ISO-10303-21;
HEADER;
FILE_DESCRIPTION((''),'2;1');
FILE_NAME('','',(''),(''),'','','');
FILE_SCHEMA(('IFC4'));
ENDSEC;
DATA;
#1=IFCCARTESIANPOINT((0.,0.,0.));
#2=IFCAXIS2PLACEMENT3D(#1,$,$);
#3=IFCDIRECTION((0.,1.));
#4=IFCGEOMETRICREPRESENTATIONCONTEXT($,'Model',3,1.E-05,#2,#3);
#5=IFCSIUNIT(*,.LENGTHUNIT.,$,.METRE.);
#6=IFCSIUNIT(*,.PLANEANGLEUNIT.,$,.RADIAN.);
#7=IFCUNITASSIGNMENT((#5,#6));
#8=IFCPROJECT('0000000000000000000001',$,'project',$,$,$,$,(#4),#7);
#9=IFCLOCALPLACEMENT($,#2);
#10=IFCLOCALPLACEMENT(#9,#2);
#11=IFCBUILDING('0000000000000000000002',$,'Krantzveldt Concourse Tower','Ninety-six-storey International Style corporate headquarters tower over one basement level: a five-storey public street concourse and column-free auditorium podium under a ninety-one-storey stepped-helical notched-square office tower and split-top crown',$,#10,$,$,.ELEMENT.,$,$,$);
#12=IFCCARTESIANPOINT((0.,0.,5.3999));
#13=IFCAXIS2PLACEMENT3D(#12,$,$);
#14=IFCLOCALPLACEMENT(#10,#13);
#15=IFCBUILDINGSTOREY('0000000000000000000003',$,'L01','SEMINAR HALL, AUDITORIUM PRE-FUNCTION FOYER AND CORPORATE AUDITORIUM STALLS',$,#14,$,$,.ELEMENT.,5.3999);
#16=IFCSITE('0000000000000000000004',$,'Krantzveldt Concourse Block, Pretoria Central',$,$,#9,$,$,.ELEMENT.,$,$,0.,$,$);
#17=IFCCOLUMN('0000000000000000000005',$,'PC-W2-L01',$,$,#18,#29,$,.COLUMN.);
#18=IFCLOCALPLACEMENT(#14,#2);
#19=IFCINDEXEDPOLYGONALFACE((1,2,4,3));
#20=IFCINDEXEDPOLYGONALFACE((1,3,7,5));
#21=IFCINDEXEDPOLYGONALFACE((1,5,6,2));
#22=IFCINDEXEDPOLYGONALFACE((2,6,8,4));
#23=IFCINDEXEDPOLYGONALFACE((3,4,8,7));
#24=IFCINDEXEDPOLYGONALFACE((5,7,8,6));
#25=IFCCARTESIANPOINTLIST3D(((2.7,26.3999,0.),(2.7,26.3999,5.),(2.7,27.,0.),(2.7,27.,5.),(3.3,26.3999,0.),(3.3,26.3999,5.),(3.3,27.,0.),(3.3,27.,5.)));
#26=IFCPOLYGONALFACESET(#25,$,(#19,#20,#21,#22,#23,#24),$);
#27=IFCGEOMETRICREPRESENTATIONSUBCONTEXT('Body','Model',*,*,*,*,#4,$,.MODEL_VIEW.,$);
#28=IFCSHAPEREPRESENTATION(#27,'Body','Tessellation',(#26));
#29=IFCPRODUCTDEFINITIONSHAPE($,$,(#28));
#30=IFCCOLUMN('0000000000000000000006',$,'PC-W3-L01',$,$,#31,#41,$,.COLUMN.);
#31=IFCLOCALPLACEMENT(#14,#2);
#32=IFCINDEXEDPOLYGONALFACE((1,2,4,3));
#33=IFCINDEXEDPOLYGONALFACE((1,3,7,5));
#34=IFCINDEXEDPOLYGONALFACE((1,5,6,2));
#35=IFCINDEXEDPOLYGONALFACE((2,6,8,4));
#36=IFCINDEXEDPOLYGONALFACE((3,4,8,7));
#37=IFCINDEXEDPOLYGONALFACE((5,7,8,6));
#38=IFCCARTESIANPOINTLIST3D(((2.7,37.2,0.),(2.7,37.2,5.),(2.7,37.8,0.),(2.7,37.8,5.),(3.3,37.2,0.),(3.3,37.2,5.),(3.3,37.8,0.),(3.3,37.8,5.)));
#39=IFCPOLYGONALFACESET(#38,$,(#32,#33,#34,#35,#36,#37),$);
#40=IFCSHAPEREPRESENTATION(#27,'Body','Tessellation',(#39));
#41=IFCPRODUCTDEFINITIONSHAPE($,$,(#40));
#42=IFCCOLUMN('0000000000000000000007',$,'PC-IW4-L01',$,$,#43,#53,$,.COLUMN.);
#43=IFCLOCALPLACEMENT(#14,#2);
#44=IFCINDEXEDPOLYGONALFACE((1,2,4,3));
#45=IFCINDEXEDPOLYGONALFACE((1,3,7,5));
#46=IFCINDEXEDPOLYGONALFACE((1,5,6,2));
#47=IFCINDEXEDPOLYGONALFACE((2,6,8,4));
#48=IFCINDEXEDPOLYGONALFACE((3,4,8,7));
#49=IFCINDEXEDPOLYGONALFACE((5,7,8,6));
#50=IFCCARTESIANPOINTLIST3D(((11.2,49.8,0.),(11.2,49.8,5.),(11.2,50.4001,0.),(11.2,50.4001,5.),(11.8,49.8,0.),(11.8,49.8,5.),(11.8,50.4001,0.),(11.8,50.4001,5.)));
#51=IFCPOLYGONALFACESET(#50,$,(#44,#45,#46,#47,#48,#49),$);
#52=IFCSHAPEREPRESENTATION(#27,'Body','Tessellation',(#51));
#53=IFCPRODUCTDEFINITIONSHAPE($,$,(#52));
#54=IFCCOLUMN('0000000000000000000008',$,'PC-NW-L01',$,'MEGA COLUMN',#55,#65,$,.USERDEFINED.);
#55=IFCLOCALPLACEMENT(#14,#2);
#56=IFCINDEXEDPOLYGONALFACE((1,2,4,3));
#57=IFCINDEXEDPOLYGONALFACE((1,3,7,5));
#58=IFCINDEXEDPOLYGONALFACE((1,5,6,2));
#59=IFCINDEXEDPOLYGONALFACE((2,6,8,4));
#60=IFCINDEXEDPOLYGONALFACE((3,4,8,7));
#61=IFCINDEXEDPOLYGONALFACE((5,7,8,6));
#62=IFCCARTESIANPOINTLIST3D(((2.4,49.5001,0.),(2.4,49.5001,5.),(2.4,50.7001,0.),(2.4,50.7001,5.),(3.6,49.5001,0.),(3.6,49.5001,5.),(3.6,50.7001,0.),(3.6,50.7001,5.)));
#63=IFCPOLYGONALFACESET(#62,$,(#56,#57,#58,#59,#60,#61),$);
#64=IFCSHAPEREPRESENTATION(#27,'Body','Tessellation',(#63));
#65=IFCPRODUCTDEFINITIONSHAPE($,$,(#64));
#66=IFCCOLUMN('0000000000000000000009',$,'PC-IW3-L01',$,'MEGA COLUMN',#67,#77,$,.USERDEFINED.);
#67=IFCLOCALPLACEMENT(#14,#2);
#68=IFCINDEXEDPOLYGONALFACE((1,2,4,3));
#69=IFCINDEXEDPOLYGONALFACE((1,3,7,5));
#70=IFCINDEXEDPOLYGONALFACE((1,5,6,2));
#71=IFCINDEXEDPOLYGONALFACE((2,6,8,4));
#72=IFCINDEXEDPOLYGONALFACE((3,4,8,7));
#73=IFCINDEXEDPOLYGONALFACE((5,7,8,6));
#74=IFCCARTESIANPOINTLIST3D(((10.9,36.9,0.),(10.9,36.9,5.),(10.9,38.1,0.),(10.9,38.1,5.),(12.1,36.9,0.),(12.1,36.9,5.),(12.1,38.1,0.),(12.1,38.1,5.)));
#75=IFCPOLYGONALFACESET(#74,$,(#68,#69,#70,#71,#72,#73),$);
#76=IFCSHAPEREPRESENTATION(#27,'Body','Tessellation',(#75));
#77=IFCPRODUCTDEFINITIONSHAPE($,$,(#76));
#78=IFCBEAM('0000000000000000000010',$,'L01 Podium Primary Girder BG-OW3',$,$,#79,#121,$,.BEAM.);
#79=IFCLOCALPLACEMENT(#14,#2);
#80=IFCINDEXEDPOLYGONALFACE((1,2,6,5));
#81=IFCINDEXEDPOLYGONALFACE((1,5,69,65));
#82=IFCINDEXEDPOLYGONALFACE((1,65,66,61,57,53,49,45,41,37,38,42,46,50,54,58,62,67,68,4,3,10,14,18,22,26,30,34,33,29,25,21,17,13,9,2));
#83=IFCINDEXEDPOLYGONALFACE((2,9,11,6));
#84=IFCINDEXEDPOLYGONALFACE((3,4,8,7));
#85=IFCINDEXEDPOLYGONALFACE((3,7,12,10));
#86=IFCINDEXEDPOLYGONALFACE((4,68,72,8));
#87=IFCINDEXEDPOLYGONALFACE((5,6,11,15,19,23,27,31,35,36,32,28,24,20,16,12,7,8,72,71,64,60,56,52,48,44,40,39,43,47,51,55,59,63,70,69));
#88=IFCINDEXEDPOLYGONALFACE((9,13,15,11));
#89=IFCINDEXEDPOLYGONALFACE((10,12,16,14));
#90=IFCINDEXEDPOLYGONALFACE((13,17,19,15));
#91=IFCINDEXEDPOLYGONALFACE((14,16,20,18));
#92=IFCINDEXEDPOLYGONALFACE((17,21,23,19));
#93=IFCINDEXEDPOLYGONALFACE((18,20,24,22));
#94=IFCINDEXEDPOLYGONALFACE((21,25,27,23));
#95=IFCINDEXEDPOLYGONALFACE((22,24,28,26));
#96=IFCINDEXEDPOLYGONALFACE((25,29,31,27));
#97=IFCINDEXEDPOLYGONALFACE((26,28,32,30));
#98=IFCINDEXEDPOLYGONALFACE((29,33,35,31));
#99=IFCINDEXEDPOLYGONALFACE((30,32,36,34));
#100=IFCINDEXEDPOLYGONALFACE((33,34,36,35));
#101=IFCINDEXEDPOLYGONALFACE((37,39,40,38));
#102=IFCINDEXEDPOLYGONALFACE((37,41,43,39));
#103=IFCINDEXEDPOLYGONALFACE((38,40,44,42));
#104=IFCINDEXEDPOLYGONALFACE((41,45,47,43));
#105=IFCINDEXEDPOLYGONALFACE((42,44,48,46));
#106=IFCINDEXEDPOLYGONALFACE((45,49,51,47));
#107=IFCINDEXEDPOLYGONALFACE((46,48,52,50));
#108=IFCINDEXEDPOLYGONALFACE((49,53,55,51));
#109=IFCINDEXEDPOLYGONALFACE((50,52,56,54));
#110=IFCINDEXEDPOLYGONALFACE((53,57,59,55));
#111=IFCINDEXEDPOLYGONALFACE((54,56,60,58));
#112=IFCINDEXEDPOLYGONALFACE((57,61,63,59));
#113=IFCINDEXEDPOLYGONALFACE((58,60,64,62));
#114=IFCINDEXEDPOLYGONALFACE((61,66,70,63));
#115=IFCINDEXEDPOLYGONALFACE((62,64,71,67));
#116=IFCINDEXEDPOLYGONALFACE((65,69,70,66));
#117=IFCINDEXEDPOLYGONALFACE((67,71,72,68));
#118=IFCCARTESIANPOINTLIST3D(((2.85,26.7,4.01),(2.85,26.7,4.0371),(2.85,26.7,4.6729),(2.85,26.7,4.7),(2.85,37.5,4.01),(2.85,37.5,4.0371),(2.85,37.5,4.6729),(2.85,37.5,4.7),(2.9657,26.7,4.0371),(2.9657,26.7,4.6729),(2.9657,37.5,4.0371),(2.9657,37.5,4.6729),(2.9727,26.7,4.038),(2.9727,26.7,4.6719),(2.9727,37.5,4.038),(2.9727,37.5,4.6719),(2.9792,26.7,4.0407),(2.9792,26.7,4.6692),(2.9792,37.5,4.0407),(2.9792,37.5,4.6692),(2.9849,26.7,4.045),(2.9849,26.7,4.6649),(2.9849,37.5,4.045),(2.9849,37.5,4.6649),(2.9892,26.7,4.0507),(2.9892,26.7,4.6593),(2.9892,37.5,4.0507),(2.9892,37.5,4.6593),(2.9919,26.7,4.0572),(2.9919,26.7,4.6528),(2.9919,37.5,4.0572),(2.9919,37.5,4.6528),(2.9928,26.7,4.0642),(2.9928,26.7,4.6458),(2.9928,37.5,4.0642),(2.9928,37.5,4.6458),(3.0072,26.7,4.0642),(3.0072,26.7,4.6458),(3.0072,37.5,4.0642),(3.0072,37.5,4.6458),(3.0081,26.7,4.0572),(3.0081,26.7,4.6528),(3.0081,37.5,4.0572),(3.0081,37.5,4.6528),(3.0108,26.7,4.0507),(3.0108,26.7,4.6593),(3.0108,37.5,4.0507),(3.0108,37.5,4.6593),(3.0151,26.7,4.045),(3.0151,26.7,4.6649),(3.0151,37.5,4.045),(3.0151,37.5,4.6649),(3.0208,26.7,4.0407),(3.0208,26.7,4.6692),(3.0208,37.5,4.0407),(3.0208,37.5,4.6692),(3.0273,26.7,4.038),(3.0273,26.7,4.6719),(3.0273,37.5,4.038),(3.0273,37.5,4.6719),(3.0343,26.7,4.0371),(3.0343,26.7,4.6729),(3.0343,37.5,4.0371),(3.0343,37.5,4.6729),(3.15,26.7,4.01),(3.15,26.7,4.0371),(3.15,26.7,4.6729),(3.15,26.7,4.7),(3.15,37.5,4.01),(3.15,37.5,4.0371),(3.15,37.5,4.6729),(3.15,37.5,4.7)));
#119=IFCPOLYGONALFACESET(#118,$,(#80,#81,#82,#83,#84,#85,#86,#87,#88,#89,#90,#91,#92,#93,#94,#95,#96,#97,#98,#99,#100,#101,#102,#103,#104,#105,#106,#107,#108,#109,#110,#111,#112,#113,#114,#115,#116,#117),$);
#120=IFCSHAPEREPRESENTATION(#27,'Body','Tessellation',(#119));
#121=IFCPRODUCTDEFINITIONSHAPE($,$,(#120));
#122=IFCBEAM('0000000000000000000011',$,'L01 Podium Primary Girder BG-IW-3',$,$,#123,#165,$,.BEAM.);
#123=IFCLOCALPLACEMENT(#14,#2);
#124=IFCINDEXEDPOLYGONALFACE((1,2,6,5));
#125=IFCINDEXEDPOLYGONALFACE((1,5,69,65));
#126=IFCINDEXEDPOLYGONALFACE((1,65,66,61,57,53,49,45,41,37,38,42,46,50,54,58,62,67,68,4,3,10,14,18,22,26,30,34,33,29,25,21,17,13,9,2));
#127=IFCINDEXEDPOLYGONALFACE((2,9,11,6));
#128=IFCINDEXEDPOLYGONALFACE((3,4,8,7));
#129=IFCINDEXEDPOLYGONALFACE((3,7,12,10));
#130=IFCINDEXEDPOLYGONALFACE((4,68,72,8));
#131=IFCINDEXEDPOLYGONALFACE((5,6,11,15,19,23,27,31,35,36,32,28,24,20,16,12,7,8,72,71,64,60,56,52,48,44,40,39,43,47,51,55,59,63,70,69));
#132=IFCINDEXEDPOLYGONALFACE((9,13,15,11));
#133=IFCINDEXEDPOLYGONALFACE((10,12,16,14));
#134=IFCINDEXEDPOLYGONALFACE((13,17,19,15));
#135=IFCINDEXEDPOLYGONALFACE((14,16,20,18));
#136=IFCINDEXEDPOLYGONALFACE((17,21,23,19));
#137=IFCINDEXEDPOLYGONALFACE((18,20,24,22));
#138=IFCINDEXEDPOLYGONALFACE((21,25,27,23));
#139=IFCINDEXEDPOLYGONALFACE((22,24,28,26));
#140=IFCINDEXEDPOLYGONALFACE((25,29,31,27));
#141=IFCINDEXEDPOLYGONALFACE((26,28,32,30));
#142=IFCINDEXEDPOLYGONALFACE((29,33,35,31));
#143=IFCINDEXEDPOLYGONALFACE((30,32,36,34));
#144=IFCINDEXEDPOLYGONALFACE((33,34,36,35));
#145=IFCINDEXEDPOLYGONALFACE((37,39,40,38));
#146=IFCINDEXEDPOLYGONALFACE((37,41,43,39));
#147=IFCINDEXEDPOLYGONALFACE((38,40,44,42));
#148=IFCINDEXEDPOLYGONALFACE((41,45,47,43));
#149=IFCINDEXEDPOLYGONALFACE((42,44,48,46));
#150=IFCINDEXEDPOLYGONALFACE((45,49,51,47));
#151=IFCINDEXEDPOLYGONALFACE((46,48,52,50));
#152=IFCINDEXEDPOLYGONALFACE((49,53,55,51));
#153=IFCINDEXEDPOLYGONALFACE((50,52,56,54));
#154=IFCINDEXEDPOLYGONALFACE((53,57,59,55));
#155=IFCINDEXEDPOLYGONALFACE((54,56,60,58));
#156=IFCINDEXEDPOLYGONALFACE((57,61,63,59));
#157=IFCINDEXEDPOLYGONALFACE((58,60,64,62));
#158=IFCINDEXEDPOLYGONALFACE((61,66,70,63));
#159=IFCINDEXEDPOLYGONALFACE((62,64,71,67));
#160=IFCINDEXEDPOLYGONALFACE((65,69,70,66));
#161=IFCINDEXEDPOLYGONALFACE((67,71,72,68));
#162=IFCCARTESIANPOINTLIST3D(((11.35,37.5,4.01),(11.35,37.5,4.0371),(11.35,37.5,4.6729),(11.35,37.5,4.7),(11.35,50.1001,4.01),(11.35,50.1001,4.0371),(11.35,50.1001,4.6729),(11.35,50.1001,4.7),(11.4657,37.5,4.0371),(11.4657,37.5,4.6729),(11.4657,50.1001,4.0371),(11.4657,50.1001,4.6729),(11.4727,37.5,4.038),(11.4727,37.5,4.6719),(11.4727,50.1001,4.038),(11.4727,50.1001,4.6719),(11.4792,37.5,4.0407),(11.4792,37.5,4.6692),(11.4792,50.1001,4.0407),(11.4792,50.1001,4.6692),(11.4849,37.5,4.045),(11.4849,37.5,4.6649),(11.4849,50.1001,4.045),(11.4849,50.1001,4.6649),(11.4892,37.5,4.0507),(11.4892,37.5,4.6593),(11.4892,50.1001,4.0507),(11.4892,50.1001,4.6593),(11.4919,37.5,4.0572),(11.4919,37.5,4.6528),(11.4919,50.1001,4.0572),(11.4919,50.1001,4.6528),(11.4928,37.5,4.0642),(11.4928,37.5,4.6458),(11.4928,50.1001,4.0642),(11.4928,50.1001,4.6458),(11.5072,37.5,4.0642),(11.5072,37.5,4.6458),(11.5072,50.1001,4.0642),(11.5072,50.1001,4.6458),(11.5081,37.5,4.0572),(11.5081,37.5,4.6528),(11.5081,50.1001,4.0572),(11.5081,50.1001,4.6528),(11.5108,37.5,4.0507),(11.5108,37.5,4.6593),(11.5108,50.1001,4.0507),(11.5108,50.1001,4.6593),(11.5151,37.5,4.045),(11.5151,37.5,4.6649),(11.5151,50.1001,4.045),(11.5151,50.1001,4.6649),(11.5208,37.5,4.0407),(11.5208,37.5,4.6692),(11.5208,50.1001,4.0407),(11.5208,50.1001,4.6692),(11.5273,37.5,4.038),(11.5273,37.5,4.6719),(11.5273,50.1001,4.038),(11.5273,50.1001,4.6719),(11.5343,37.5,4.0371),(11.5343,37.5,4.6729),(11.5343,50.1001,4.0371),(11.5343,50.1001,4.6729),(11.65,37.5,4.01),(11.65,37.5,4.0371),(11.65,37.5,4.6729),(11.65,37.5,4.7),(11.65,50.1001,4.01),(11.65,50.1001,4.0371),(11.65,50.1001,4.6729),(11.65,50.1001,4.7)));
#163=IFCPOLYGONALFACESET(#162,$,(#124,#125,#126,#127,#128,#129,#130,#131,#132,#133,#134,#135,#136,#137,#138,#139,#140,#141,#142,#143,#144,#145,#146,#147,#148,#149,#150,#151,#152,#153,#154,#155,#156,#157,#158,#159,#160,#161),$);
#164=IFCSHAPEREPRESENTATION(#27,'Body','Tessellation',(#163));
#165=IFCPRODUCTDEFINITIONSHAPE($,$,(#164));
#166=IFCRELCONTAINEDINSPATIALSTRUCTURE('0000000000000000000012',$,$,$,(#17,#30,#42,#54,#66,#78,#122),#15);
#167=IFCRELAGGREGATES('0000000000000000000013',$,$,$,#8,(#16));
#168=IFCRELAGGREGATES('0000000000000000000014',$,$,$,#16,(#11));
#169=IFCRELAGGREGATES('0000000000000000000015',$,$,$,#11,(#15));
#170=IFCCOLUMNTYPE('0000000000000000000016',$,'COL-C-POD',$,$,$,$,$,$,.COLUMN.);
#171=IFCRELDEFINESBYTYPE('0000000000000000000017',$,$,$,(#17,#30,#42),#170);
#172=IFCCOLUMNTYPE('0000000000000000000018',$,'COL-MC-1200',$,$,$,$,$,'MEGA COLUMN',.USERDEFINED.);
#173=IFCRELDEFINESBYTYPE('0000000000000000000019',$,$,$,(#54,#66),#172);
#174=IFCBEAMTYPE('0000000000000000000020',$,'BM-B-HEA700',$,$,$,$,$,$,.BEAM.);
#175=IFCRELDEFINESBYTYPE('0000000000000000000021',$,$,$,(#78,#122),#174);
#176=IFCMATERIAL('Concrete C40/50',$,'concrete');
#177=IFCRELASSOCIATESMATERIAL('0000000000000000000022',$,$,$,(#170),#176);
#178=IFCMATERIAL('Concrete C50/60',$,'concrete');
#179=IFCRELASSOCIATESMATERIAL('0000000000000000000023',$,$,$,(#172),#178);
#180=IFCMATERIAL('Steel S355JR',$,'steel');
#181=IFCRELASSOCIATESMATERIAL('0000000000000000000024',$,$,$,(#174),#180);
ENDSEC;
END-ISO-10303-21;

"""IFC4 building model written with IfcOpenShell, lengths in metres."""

from ifc_helpers import new_model, si_unit, direction, frame, origin, origin_2d, place, context, subcontext, project, spatial, rectangle, i_section, extrude, source, transform, mapped, material, material_profile, profile_set, type_object, type_shapes, element, save


model = new_model("IFC4")

# Units and contexts
model_context = context("Model", 3, precision=1e-05, world=origin(), true_north=direction((0.0, 1.0)))
body_context = subcontext(model_context, "Body", "Model", "MODEL_VIEW")
ifc_project = project(units=[si_unit("LENGTHUNIT", "METRE"), si_unit("PLANEANGLEUNIT", "RADIAN")], contexts=[model_context])

# Site, building, storey
site_placement = place(None, origin())
site = spatial("IfcSite", under=ifc_project, at=site_placement, Name="Krantzveldt Concourse Block, Pretoria Central", CompositionType="ELEMENT", RefElevation=0.0)
building_placement = place(site_placement, origin())
building = spatial("IfcBuilding", under=site, at=building_placement, Name="Krantzveldt Concourse Tower", Description="Ninety-six-storey International Style corporate headquarters tower over one basement level: a five-storey public street concourse and column-free auditorium podium under a ninety-one-storey stepped-helical notched-square office tower and split-top crown", CompositionType="ELEMENT")
storey_placement = place(building_placement, frame((0.0, 0.0, 5.3999)))
storey = spatial("IfcBuildingStorey", under=building, at=storey_placement, Name="L01", Description="SEMINAR HALL, AUDITORIUM PRE-FUNCTION FOYER AND CORPORATE AUDITORIUM STALLS", CompositionType="ELEMENT", Elevation=5.3999)

# Columns
ifc_material_1 = material(Name="Concrete C40/50", Category="concrete")
ifc_material_profile_1 = material_profile(ifc_material_1, rectangle(XDim=0.6001, YDim=0.6001, at=origin_2d()), Name="Concrete C40/50", Category="concrete")
ifc_profile_set_1 = profile_set([ifc_material_profile_1], Name="Concrete C40/50 - RC 600x600")
column_type_1 = type_object("IfcColumnType", Name="COL-C-POD", PredefinedType="COLUMN", material=ifc_profile_set_1)
shared_shape_1 = source(origin(), body_context, "Body", "SweptSolid", [
    extrude(rectangle(XDim=0.6001, YDim=0.6001, at=origin_2d()), origin(), (0.0, 0.0, 1.0), 5.0),
])
type_shapes(column_type_1, [shared_shape_1])
for number, where, z_axis, x_axis, name in (
    (1, (3.0, 26.7, 0.0), (0.0, 0.0, 1.0), (1.0, 0.0, 0.0), "PC-W2-L01"),
    (2, (3.0, 37.5, 0.0), (0.0, 0.0, 1.0), (1.0, 0.0, 0.0), "PC-W3-L01"),
    (3, (11.5, 50.1001, 0.0), (0.0, 0.0, 1.0), (1.0, 0.0, 0.0), "PC-IW4-L01"),
):
    element("IfcColumn", number, at=place(storey_placement, frame(where, z_axis=z_axis, x_axis=x_axis)), inside=storey, type_object=column_type_1, Name=name, PredefinedType="COLUMN", context=body_context, shape_type="MappedRepresentation", body=[
        mapped(shared_shape_1, transform((0.0, 0.0, 0.0), x_axis=(1.0, 0.0, 0.0), y_axis=(0.0, 1.0, 0.0), z_axis=(0.0, 0.0, 1.0), scale=1.0)),
    ])
ifc_material_2 = material(Name="Concrete C50/60", Category="concrete")
ifc_material_profile_2 = material_profile(ifc_material_2, rectangle(XDim=1.2, YDim=1.2, at=origin_2d()), Name="Concrete C50/60", Category="concrete")
ifc_profile_set_2 = profile_set([ifc_material_profile_2], Name="Concrete C50/60 - RC 1200x1200")
column_type_2 = type_object("IfcColumnType", Name="COL-MC-1200", ElementType="MEGA COLUMN", PredefinedType="USERDEFINED", material=ifc_profile_set_2)
shared_shape_2 = source(origin(), body_context, "Body", "SweptSolid", [
    extrude(rectangle(XDim=1.2, YDim=1.2, at=origin_2d()), origin(), (0.0, 0.0, 1.0), 5.0),
])
type_shapes(column_type_2, [shared_shape_2])
for number, where, z_axis, x_axis, name in (
    (4, (3.0, 50.1001, 0.0), (0.0, 0.0, 1.0), (1.0, 0.0, 0.0), "PC-NW-L01"),
    (5, (11.5, 37.5, 0.0), (0.0, 0.0, 1.0), (1.0, 0.0, 0.0), "PC-IW3-L01"),
):
    element("IfcColumn", number, at=place(storey_placement, frame(where, z_axis=z_axis, x_axis=x_axis)), inside=storey, type_object=column_type_2, Name=name, ObjectType="MEGA COLUMN", PredefinedType="USERDEFINED", context=body_context, shape_type="MappedRepresentation", body=[
        mapped(shared_shape_2, transform((0.0, 0.0, 0.0), x_axis=(1.0, 0.0, 0.0), y_axis=(0.0, 1.0, 0.0), z_axis=(0.0, 0.0, 1.0), scale=1.0)),
    ])

# Beams
ifc_material_3 = material(Name="Steel S355JR", Category="steel")
ifc_material_profile_3 = material_profile(ifc_material_3, i_section(OverallWidth=0.3, OverallDepth=0.6899, WebThickness=0.0144, FlangeThickness=0.0271, FilletRadius=0.0271, at=origin_2d()), Name="Steel S355JR", Category="steel")
ifc_profile_set_3 = profile_set([ifc_material_profile_3], Name="Steel S355JR - HEA 700")
beam_type_1 = type_object("IfcBeamType", Name="BM-B-HEA700", PredefinedType="BEAM", material=ifc_profile_set_3)
shared_shape_3 = source(origin(), body_context, "Body", "SweptSolid", [
    extrude(i_section(OverallWidth=0.3, OverallDepth=0.6899, WebThickness=0.0144, FlangeThickness=0.0271, FilletRadius=0.0271, at=origin_2d()), origin(), (0.0, 0.0, 1.0), 10.8),
])
beam_1_placement = place(storey_placement, frame((3.0, 26.7, 4.355), z_axis=(0.0, 1.0, 0.0), x_axis=(-1.0, 0.0, 0.0)))
element("IfcBeam", 6, at=beam_1_placement, inside=storey, type_object=beam_type_1, Name="L01 Podium Primary Girder BG-OW3", PredefinedType="BEAM", context=body_context, shape_type="MappedRepresentation", body=[
    mapped(shared_shape_3, transform((0.0, 0.0, 0.0), x_axis=(1.0, 0.0, 0.0), y_axis=(0.0, 1.0, 0.0), z_axis=(0.0, 0.0, 1.0), scale=1.0)),
])
shared_shape_4 = source(origin(), body_context, "Body", "SweptSolid", [
    extrude(i_section(OverallWidth=0.3, OverallDepth=0.6899, WebThickness=0.0144, FlangeThickness=0.0271, FilletRadius=0.0271, at=origin_2d()), origin(), (0.0, 0.0, 1.0), 12.6001),
])
type_shapes(beam_type_1, [shared_shape_3, shared_shape_4])
for number, where, z_axis, x_axis, name in (
    (7, (11.5, 37.5, 4.355), (0.0, 1.0, 0.0), (-1.0, 0.0, 0.0), "L01 Podium Primary Girder BG-IW-3"),
):
    element("IfcBeam", number, at=place(storey_placement, frame(where, z_axis=z_axis, x_axis=x_axis)), inside=storey, type_object=beam_type_1, Name=name, PredefinedType="BEAM", context=body_context, shape_type="MappedRepresentation", body=[
        mapped(shared_shape_4, transform((0.0, 0.0, 0.0), x_axis=(1.0, 0.0, 0.0), y_axis=(0.0, 1.0, 0.0), z_axis=(0.0, 0.0, 1.0), scale=1.0)),
    ])

save(model, "model.ifc")
